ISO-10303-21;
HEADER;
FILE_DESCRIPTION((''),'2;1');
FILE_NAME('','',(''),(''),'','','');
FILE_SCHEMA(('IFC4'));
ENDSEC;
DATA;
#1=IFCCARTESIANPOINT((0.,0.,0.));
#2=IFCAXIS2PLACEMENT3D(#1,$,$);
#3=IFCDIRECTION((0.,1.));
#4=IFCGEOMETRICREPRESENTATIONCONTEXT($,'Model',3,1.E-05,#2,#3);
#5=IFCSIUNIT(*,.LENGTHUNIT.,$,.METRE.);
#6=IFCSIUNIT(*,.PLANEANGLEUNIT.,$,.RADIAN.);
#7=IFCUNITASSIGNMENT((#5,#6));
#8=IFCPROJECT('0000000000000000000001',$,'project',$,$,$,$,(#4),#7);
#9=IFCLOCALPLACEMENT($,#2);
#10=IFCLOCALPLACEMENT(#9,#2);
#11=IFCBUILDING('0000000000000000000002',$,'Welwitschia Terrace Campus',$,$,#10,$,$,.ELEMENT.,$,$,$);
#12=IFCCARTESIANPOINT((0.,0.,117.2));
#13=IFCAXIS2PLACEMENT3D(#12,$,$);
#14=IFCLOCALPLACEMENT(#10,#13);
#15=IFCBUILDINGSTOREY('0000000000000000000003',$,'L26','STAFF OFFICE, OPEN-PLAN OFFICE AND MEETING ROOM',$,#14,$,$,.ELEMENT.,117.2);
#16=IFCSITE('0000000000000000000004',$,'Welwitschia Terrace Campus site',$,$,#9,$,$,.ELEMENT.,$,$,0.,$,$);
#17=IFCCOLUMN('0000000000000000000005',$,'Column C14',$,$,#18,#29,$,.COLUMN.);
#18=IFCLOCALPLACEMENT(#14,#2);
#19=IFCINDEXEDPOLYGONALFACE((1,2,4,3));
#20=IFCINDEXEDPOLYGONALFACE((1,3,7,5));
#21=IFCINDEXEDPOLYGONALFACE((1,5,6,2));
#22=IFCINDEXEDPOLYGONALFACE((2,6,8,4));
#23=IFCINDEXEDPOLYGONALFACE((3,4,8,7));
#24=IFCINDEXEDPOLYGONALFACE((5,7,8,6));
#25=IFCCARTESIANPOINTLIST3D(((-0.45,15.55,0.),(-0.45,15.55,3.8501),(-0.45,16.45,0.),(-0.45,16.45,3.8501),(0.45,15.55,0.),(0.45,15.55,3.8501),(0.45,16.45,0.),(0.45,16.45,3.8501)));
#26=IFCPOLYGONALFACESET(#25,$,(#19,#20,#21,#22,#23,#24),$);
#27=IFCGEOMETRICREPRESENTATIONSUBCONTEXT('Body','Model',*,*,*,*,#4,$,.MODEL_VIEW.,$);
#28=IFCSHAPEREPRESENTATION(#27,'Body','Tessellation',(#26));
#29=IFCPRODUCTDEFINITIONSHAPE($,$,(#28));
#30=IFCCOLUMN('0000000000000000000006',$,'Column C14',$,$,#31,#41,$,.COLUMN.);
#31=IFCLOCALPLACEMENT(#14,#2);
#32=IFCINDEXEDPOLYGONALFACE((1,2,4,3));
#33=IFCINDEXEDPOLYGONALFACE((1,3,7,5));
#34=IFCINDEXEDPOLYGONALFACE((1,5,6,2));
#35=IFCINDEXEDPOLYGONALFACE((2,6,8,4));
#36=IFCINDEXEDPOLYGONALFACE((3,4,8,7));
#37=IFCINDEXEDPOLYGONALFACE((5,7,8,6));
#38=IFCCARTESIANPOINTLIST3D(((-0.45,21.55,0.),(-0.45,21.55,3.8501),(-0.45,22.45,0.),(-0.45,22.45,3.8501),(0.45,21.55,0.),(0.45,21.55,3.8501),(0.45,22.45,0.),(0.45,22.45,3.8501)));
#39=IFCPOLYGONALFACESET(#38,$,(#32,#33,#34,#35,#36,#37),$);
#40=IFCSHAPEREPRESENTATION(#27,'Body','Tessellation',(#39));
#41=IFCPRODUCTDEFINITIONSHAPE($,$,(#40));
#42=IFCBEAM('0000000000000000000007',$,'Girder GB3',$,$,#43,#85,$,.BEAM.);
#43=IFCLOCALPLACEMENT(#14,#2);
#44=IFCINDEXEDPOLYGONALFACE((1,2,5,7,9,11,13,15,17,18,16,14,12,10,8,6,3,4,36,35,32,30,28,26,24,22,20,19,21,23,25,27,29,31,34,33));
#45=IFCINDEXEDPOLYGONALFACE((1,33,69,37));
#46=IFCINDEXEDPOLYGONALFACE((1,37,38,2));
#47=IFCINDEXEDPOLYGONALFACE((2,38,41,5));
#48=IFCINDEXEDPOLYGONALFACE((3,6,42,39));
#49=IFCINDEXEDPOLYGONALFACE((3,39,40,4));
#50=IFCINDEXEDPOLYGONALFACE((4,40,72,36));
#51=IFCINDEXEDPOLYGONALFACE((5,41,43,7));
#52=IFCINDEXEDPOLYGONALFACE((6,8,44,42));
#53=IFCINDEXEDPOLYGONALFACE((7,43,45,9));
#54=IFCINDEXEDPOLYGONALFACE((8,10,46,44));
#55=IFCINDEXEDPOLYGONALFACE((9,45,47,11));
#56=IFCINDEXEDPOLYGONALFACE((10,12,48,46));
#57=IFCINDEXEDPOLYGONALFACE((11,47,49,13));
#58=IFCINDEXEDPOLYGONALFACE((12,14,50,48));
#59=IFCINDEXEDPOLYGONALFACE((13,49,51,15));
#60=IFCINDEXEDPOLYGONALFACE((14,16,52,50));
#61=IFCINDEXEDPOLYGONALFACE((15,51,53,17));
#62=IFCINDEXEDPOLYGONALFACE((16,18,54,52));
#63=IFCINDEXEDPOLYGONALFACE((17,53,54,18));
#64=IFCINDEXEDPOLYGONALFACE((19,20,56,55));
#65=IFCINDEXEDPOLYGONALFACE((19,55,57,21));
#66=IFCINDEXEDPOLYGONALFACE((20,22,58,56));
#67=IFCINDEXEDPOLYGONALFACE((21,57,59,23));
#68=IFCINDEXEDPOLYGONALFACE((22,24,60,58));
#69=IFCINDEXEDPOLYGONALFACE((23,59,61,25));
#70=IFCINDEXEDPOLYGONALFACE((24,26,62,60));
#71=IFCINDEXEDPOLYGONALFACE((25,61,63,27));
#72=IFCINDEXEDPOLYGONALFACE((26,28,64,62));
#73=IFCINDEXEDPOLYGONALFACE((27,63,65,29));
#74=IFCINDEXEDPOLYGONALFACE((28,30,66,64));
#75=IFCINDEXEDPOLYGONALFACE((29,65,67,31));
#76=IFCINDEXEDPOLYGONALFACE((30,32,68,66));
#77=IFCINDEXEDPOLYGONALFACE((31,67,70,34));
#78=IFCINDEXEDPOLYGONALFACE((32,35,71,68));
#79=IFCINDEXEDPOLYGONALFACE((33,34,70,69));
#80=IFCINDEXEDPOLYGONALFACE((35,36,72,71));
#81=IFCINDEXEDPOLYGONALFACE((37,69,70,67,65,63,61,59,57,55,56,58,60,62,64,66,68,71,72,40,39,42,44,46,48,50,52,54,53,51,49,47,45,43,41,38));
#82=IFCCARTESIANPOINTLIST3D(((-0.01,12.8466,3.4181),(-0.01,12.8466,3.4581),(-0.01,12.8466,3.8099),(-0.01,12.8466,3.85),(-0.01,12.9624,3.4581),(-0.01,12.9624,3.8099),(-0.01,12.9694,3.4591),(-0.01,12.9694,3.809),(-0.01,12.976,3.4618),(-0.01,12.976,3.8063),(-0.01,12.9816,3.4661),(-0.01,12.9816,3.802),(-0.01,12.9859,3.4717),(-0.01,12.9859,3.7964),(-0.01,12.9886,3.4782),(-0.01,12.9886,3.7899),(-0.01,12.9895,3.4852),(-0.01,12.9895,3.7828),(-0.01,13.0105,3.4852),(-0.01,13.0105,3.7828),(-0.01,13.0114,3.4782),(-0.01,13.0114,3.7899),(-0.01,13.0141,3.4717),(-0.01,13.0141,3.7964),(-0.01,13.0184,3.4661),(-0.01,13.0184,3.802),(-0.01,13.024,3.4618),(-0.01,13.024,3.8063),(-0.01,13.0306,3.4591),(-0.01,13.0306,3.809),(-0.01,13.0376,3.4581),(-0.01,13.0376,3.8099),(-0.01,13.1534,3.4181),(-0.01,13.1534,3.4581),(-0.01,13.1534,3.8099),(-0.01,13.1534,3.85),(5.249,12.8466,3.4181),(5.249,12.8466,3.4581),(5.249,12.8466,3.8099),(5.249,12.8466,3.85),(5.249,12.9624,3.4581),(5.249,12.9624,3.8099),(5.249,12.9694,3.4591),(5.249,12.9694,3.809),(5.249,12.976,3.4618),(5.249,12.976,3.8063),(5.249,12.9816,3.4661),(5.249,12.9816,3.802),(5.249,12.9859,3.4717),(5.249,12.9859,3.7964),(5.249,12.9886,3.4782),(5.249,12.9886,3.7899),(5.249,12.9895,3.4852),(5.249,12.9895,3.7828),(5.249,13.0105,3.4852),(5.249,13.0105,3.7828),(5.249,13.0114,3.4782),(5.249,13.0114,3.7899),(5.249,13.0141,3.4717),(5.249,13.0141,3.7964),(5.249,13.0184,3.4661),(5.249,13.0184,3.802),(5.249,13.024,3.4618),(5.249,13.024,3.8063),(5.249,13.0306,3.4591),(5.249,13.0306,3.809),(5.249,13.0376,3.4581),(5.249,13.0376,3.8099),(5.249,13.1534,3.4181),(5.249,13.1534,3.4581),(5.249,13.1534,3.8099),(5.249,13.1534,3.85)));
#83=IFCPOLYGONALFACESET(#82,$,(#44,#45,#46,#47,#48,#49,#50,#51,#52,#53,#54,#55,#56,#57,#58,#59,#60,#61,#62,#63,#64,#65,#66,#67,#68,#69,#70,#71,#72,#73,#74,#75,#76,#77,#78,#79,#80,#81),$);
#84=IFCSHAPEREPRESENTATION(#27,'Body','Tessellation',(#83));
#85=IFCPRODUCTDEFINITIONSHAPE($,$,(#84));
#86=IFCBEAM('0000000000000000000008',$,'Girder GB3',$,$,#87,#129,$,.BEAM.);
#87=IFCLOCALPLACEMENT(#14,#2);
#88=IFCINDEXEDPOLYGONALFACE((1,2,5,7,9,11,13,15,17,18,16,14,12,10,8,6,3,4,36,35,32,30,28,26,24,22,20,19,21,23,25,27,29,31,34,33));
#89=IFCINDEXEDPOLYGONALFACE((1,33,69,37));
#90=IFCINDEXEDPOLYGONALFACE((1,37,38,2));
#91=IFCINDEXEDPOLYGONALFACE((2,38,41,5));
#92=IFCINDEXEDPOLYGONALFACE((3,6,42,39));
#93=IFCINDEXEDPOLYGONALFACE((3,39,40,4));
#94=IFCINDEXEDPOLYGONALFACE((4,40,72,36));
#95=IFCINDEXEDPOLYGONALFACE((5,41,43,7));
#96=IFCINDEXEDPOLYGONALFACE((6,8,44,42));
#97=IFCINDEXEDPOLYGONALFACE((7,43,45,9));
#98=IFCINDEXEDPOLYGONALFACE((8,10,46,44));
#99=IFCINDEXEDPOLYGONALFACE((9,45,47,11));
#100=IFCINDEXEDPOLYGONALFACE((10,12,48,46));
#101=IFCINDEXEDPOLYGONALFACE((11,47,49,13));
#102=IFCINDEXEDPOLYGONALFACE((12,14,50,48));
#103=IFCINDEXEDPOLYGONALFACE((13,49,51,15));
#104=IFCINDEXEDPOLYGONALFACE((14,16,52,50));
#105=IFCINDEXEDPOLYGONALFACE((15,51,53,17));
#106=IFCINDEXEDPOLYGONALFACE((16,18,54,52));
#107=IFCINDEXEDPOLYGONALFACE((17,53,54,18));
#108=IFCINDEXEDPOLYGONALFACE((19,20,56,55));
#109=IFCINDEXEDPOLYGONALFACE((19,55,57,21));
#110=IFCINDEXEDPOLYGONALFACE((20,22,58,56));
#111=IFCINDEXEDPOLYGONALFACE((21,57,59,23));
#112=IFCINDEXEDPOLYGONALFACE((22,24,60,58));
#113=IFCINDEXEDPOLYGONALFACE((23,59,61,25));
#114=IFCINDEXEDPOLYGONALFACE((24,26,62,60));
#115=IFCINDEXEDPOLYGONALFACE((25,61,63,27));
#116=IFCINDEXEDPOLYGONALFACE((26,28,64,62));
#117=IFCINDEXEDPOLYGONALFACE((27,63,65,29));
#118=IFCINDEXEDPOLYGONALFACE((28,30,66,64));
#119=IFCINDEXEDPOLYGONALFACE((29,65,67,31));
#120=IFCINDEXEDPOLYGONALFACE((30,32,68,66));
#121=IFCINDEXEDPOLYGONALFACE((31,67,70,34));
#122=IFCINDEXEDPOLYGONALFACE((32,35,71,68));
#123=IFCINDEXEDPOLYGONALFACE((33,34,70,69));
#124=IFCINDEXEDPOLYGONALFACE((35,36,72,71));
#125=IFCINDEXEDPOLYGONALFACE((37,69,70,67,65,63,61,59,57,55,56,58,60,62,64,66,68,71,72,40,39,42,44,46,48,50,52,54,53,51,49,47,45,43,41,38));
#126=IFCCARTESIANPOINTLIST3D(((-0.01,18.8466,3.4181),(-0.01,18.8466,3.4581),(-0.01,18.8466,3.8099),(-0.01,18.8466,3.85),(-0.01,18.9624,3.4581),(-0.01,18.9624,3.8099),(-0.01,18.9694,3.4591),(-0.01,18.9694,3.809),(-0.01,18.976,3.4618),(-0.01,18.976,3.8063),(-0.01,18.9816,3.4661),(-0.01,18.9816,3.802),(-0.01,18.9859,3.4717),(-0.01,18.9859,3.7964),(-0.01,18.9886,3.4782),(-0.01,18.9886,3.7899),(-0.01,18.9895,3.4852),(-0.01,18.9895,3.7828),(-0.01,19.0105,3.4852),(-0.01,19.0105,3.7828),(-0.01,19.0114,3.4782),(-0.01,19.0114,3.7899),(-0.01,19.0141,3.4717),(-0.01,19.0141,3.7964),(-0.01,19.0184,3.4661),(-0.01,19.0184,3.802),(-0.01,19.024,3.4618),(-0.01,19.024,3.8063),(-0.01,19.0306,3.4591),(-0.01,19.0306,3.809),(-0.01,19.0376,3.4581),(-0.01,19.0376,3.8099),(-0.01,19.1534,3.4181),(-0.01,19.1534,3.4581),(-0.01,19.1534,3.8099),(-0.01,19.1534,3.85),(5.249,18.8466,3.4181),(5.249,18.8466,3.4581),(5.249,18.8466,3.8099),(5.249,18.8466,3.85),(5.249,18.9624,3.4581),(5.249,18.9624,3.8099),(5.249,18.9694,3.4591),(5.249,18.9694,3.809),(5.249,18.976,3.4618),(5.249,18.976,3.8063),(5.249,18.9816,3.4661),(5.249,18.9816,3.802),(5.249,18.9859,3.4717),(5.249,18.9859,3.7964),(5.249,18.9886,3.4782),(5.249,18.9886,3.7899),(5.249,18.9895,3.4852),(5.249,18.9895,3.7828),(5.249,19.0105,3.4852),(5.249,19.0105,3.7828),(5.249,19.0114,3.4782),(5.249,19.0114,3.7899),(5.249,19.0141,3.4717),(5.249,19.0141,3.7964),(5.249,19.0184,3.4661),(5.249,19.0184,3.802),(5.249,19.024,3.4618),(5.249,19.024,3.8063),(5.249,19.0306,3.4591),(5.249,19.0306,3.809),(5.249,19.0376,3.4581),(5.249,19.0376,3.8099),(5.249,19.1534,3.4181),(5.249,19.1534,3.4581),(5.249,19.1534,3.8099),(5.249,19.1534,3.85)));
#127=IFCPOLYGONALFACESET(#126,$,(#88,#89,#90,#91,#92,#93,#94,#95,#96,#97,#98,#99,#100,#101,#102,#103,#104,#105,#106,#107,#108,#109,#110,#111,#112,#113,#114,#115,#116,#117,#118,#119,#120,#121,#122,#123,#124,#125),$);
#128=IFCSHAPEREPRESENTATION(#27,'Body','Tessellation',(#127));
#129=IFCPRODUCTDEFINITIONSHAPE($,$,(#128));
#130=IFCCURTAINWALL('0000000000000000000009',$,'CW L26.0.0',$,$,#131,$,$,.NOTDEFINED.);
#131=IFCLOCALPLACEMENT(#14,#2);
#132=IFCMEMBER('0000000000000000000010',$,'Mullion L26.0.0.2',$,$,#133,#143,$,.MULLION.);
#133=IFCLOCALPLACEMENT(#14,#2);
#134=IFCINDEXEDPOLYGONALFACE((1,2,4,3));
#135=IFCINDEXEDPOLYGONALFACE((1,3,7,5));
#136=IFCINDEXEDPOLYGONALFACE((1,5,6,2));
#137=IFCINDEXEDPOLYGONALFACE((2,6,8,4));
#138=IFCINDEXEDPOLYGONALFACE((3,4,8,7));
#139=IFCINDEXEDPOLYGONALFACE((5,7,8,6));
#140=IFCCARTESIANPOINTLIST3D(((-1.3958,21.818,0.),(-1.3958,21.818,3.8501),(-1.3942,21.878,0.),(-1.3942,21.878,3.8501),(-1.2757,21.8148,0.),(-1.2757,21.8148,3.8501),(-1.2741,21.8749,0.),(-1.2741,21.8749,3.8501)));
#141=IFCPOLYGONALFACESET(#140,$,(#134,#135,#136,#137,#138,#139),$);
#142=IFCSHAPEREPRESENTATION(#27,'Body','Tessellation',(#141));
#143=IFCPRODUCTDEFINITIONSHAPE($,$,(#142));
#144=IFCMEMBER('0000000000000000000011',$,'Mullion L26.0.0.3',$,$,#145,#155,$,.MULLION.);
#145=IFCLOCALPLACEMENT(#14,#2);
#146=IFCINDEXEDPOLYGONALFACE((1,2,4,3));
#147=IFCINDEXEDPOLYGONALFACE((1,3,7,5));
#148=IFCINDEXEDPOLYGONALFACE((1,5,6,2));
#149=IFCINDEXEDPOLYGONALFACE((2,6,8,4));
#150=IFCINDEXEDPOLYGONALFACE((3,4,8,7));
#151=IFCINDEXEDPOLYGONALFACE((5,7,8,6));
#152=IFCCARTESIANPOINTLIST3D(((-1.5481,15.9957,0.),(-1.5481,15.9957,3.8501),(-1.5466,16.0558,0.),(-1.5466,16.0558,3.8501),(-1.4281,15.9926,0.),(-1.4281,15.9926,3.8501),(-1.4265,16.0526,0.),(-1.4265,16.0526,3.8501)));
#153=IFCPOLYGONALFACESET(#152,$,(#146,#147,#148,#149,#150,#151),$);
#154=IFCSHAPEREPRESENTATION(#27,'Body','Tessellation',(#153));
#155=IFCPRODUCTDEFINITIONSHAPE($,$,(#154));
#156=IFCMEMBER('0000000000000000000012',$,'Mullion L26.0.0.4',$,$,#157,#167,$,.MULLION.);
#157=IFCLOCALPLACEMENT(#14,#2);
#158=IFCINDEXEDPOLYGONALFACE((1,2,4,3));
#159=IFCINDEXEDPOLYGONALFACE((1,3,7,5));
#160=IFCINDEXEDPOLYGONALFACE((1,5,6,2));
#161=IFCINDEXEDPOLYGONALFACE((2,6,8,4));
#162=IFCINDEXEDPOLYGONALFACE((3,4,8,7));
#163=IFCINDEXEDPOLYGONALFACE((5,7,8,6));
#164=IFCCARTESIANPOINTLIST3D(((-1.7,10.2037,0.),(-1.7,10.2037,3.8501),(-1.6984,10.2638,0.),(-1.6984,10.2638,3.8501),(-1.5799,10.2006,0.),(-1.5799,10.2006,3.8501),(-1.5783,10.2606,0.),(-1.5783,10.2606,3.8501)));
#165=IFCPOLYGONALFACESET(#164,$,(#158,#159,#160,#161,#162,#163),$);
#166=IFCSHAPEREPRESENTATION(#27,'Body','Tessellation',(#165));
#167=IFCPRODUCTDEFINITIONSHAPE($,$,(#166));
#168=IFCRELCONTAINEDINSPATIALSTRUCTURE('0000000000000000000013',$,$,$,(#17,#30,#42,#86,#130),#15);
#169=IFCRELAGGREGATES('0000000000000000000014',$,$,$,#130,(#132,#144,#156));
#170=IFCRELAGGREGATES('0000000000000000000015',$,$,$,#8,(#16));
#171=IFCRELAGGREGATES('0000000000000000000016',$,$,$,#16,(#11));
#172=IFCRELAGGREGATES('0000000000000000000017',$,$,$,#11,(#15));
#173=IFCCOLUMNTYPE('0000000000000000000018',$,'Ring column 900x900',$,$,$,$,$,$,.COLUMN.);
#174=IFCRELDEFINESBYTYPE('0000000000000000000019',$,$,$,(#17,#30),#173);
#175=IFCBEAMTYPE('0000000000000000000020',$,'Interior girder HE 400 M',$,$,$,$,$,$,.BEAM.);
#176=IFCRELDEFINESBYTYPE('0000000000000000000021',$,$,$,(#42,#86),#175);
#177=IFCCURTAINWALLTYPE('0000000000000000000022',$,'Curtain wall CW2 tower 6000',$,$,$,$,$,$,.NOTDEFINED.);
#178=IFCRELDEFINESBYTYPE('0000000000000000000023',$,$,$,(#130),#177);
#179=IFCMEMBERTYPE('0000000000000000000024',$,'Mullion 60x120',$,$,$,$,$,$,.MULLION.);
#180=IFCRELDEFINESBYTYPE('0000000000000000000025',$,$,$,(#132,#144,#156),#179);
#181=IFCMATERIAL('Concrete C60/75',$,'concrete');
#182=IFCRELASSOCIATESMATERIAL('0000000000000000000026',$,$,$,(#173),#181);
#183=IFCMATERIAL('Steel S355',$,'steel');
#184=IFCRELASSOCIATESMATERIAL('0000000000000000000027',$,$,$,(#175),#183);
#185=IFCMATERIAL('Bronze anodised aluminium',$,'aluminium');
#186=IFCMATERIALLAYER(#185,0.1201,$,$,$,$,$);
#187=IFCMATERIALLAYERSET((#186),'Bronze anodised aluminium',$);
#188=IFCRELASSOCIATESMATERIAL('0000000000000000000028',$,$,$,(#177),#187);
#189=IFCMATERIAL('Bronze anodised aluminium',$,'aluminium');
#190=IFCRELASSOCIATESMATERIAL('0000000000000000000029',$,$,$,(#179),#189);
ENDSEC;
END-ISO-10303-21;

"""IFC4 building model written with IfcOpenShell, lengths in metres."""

from ifc_helpers import new_model, si_unit, direction, frame, origin, origin_2d, place, context, subcontext, project, spatial, rectangle, i_section, extrude, material, layer, layer_set, material_profile, profile_set, type_object, element, aggregate, save


model = new_model("IFC4")

# Units and contexts
model_context = context("Model", 3, precision=1e-05, world=origin(), true_north=direction((0.0, 1.0)))
body_context = subcontext(model_context, "Body", "Model", "MODEL_VIEW")
ifc_project = project(units=[si_unit("LENGTHUNIT", "METRE"), si_unit("PLANEANGLEUNIT", "RADIAN")], contexts=[model_context])

# Site, building, storey
site_placement = place(None, origin())
site = spatial("IfcSite", under=ifc_project, at=site_placement, Name="Welwitschia Terrace Campus site", CompositionType="ELEMENT", RefElevation=0.0)
building_placement = place(site_placement, origin())
building = spatial("IfcBuilding", under=site, at=building_placement, Name="Welwitschia Terrace Campus", CompositionType="ELEMENT")
storey_placement = place(building_placement, frame((0.0, 0.0, 117.2)))
storey = spatial("IfcBuildingStorey", under=building, at=storey_placement, Name="L26", Description="STAFF OFFICE, OPEN-PLAN OFFICE AND MEETING ROOM", CompositionType="ELEMENT", Elevation=117.2)

# Columns
ifc_material_1 = material(Name="Concrete C60/75", Category="concrete")
ifc_material_profile_1 = material_profile(ifc_material_1, rectangle(XDim=0.8999, YDim=0.8999, at=origin_2d()))
ifc_profile_set_1 = profile_set([ifc_material_profile_1], Name="Concrete C60/75")
column_type = type_object("IfcColumnType", Name="Ring column 900x900", PredefinedType="COLUMN", material=ifc_profile_set_1)
for number, where, z_axis, x_axis, name in (
    (1, (0.0, 16.0, 0.0), (0.0, 0.0, 1.0), (1.0, 0.0, 0.0), "Column C14"),
    (2, (0.0, 22.0, 0.0), (0.0, 0.0, 1.0), (1.0, 0.0, 0.0), "Column C14"),
):
    element("IfcColumn", number, at=place(storey_placement, frame(where, z_axis=z_axis, x_axis=x_axis)), inside=storey, type_object=column_type, Name=name, PredefinedType="COLUMN", context=body_context, shape_type="SweptSolid", body=[
        extrude(rectangle(XDim=0.8999, YDim=0.8999, at=origin_2d()), origin(), (0.0, 0.0, 1.0), 3.8501),
    ])

# Beams
ifc_material_2 = material(Name="Steel S355", Category="steel")
ifc_material_profile_2 = material_profile(ifc_material_2, i_section(OverallWidth=0.3069, OverallDepth=0.4319, WebThickness=0.021, FlangeThickness=0.04, FilletRadius=0.0271, at=origin_2d()))
ifc_profile_set_2 = profile_set([ifc_material_profile_2], Name="Steel S355")
beam_type_1 = type_object("IfcBeamType", Name="Interior girder HE 400 M", PredefinedType="BEAM", material=ifc_profile_set_2)
for number, where, z_axis, x_axis, name in (
    (3, (-0.01, 13.0, 3.634), (1.0, 0.0, 0.0), (0.0, 1.0, 0.0), "Girder GB3"),
    (4, (-0.01, 19.0, 3.634), (1.0, 0.0, 0.0), (0.0, 1.0, 0.0), "Girder GB3"),
):
    element("IfcBeam", number, at=place(storey_placement, frame(where, z_axis=z_axis, x_axis=x_axis)), inside=storey, type_object=beam_type_1, Name=name, PredefinedType="BEAM", context=body_context, shape_type="SweptSolid", body=[
        extrude(i_section(OverallWidth=0.3069, OverallDepth=0.4319, WebThickness=0.021, FlangeThickness=0.04, FilletRadius=0.0271, at=origin_2d()), origin(), (0.0, 0.0, 1.0), 5.259),
    ])

# Curtain wall, members
ifc_material_3 = material(Name="Bronze anodised aluminium", Category="aluminium")
ifc_layer_1 = layer(ifc_material_3, 0.1201)
ifc_layer_set_1 = layer_set([ifc_layer_1], Name="Bronze anodised aluminium")
curtain_wall_type = type_object("IfcCurtainWallType", Name="Curtain wall CW2 tower 6000", PredefinedType="NOTDEFINED", material=ifc_layer_set_1)
curtain_wall_placement = place(storey_placement, origin())
curtain_wall = element("IfcCurtainWall", 5, at=curtain_wall_placement, inside=storey, type_object=curtain_wall_type, Name="CW L26.0.0", PredefinedType="NOTDEFINED")
ifc_material_4 = material(Name="Bronze anodised aluminium", Category="aluminium")
ifc_material_profile_3 = material_profile(ifc_material_4, rectangle(XDim=0.1201, YDim=0.0601, at=origin_2d()))
ifc_profile_set_3 = profile_set([ifc_material_profile_3], Name="Bronze anodised aluminium")
member_type = type_object("IfcMemberType", Name="Mullion 60x120", PredefinedType="MULLION", material=ifc_profile_set_3)
member_1_placement = place(storey_placement, frame((-1.335, 21.8464, 0.0), z_axis=(0.0, 0.0, 1.0), x_axis=(0.999657, -0.026177, 0.0)))
member_1 = element("IfcMember", 6, at=member_1_placement, type_object=member_type, Name="Mullion L26.0.0.2", PredefinedType="MULLION", context=body_context, shape_type="SweptSolid", body=[
    extrude(rectangle(XDim=0.1201, YDim=0.0601, at=origin_2d()), origin(), (0.0, 0.0, 1.0), 3.8501),
])
member_2_placement = place(storey_placement, frame((-1.4873, 16.0242, 0.0), z_axis=(0.0, 0.0, 1.0), x_axis=(0.999657, -0.026177, 0.0)))
member_2 = element("IfcMember", 7, at=member_2_placement, type_object=member_type, Name="Mullion L26.0.0.3", PredefinedType="MULLION", context=body_context, shape_type="SweptSolid", body=[
    extrude(rectangle(XDim=0.1201, YDim=0.0601, at=origin_2d()), origin(), (0.0, 0.0, 1.0), 3.8501),
])
member_3_placement = place(storey_placement, frame((-1.6392, 10.2322, 0.0), z_axis=(0.0, 0.0, 1.0), x_axis=(0.999657, -0.026177, 0.0)))
member_3 = element("IfcMember", 8, at=member_3_placement, type_object=member_type, Name="Mullion L26.0.0.4", PredefinedType="MULLION", context=body_context, shape_type="SweptSolid", body=[
    extrude(rectangle(XDim=0.1201, YDim=0.0601, at=origin_2d()), origin(), (0.0, 0.0, 1.0), 3.8501),
])

aggregate(curtain_wall, [member_1, member_2, member_3])

save(model, "model.ifc")
